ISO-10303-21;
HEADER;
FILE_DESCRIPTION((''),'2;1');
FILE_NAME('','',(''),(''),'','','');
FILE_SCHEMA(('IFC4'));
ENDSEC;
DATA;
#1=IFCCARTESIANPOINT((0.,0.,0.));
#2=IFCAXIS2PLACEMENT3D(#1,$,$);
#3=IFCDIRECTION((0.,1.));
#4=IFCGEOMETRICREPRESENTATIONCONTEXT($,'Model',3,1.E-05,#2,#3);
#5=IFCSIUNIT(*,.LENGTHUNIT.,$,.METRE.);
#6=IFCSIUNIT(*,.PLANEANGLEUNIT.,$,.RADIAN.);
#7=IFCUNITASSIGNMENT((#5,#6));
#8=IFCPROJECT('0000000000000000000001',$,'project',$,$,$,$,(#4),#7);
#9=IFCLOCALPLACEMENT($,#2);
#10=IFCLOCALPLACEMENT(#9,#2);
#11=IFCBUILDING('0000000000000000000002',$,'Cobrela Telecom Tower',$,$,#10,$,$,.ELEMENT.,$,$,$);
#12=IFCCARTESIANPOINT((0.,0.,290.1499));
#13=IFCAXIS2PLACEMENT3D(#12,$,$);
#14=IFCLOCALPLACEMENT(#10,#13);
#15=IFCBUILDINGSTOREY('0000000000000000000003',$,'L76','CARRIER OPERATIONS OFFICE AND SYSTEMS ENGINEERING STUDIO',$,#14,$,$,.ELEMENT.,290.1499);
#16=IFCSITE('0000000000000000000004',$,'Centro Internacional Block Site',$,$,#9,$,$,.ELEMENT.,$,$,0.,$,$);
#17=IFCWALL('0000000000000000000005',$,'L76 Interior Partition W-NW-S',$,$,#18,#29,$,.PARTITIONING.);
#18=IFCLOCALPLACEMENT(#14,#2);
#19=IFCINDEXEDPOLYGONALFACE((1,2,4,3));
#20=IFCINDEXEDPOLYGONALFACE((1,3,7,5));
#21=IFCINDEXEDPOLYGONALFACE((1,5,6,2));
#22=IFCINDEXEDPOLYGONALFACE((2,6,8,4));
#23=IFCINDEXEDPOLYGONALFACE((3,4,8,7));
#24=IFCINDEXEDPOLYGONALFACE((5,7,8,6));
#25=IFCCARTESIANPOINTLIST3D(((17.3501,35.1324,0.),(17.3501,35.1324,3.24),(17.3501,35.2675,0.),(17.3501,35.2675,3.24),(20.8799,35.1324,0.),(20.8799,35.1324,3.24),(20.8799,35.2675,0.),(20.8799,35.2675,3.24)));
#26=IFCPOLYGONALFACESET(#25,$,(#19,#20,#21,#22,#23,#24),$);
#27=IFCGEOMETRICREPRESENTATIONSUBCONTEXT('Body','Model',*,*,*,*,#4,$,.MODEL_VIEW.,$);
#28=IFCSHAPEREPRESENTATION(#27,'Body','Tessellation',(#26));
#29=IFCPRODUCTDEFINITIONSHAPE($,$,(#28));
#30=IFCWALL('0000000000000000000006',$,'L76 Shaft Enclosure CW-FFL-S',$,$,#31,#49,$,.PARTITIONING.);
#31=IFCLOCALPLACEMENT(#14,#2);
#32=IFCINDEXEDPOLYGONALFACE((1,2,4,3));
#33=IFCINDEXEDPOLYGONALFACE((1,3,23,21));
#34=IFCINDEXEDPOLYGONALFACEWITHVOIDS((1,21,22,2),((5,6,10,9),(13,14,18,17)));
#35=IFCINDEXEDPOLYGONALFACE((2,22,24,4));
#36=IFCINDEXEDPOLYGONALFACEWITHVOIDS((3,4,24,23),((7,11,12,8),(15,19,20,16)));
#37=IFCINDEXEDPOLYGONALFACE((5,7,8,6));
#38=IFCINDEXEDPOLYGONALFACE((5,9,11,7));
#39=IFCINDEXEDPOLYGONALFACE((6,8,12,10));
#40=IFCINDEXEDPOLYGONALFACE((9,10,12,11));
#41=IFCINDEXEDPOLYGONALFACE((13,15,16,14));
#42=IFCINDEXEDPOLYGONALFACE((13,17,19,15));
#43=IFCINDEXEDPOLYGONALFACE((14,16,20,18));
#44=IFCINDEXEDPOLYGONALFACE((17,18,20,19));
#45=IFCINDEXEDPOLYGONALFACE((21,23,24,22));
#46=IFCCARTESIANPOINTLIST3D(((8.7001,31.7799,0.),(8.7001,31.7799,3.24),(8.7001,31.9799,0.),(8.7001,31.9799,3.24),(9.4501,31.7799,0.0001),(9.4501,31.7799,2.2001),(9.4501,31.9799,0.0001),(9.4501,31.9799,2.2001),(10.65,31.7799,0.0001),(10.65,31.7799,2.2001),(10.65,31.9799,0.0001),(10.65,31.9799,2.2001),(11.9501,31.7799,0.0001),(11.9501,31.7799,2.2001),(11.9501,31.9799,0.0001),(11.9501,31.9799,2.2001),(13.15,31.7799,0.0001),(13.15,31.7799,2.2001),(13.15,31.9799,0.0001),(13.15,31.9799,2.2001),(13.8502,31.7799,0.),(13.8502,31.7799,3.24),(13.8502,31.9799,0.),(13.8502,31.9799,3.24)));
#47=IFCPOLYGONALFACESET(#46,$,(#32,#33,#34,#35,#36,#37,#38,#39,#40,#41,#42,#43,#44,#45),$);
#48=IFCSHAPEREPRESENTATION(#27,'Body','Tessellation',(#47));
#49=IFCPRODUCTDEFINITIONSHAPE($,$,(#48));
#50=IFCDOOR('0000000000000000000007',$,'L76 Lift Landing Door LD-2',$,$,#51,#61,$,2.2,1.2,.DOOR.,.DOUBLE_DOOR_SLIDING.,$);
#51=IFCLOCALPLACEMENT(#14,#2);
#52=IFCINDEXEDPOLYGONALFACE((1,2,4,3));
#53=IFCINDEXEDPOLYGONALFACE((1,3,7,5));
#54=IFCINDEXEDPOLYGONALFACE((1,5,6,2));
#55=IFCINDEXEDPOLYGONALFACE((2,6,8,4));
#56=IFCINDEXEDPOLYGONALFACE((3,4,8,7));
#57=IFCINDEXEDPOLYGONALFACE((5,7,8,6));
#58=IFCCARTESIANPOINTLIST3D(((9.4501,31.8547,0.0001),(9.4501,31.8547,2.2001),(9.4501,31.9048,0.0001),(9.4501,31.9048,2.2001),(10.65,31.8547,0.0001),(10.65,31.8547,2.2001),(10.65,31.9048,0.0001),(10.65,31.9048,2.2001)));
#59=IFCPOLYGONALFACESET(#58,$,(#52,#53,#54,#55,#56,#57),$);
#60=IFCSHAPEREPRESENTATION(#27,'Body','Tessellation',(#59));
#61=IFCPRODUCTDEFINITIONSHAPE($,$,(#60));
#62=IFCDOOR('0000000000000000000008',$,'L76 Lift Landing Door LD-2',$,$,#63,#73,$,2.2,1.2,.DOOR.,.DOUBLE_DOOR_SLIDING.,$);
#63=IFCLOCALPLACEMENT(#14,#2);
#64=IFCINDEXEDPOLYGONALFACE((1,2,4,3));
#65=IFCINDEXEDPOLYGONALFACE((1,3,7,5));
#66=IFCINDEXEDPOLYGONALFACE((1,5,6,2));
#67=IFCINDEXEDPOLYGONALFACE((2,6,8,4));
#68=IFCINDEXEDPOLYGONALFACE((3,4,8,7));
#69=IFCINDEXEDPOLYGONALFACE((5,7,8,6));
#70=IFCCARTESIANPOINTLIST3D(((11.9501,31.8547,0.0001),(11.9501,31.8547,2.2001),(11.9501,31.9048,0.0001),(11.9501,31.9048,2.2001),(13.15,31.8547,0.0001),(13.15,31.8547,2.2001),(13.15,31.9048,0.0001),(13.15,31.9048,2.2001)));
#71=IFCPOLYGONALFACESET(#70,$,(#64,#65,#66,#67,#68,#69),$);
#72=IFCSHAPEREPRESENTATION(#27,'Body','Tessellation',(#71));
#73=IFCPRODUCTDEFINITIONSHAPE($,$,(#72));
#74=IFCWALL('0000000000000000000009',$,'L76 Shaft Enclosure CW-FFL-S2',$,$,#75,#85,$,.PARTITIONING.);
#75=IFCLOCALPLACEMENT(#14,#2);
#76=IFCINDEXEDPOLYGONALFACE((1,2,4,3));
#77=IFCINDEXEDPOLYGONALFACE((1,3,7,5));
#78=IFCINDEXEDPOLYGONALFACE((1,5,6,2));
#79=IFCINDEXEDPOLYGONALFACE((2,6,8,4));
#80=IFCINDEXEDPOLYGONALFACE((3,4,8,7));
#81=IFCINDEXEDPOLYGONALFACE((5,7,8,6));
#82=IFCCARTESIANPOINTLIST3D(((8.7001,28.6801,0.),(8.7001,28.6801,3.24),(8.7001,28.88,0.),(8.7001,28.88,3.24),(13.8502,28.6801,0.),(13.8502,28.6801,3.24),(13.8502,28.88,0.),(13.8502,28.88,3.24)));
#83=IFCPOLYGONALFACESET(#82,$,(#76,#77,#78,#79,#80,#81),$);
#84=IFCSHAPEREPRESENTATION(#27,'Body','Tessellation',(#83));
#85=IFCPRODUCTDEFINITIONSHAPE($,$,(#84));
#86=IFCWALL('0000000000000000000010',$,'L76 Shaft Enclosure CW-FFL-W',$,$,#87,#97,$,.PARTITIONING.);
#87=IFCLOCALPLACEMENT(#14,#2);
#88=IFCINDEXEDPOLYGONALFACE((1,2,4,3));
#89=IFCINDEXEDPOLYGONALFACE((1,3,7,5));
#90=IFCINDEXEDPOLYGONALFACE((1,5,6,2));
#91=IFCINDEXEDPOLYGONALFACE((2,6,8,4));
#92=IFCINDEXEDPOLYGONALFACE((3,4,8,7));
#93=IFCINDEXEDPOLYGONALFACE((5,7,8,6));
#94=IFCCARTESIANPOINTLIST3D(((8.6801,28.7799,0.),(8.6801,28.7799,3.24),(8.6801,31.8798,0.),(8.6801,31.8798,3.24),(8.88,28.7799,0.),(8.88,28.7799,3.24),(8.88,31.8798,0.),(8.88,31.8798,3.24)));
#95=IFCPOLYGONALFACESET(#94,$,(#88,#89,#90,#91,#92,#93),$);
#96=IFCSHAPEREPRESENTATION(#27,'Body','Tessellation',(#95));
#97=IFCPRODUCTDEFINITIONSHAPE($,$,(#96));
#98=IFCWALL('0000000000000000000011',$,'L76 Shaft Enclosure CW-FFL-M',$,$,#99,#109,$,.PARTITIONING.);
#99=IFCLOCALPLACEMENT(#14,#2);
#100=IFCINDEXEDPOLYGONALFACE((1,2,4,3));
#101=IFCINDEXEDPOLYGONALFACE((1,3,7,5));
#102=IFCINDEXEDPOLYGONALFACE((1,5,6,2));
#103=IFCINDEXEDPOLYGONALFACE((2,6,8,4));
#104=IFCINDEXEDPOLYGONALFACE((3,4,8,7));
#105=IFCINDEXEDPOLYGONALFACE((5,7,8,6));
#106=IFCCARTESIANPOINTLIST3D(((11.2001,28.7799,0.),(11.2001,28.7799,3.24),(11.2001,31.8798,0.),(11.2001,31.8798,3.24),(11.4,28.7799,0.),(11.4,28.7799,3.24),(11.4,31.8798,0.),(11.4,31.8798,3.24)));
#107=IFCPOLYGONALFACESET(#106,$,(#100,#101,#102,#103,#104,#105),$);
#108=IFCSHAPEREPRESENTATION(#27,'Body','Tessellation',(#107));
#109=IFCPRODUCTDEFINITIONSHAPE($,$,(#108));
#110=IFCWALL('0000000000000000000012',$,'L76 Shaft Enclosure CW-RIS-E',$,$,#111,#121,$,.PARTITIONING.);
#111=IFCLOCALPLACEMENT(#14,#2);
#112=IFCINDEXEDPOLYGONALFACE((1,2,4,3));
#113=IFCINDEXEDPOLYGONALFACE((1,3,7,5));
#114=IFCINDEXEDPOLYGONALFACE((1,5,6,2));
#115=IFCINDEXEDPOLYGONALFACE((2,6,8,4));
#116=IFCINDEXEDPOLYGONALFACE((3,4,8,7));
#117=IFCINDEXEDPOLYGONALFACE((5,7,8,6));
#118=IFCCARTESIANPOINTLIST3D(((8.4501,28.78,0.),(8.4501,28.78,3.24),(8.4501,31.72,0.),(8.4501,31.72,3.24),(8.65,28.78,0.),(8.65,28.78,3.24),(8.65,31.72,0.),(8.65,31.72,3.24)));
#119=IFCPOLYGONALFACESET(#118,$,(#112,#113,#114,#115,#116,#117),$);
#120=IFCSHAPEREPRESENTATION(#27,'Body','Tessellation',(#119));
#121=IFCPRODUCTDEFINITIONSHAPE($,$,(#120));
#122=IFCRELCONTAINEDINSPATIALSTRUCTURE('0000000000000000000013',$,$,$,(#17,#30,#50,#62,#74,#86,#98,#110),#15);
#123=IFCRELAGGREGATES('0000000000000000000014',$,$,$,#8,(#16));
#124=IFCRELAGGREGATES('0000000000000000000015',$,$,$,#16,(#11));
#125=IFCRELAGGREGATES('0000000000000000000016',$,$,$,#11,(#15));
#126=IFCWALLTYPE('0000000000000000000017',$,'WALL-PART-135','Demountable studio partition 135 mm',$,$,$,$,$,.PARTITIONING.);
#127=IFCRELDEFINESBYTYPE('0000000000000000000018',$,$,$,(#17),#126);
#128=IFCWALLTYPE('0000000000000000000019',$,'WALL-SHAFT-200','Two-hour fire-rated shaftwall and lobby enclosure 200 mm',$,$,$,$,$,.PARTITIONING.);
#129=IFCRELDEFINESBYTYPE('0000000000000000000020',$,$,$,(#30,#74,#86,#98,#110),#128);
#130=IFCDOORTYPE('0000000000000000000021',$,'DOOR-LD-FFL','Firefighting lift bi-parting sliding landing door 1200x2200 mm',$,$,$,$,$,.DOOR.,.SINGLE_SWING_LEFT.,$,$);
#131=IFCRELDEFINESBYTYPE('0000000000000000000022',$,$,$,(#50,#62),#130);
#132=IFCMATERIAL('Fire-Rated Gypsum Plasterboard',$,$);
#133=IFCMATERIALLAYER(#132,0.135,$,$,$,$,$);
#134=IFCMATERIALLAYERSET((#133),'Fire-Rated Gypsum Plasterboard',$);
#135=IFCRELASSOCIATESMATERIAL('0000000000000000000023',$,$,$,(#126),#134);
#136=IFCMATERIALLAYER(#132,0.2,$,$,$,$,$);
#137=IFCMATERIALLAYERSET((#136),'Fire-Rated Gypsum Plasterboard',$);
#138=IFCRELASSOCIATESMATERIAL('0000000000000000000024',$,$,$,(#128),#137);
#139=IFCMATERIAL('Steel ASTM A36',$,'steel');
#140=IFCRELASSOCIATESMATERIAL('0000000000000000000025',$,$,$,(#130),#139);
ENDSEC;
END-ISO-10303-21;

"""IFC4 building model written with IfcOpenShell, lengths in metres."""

from ifc_helpers import new_model, si_unit, direction, frame, frame_2d, origin, place, context, subcontext, project, spatial, rectangle, extrude, material, layer, layer_set, type_object, element, fill, save


model = new_model("IFC4")

# Units and contexts
model_context = context("Model", 3, precision=1e-05, world=origin(), true_north=direction((0.0, 1.0)))
body_context = subcontext(model_context, "Body", "Model", "MODEL_VIEW")
ifc_project = project(units=[si_unit("LENGTHUNIT", "METRE"), si_unit("PLANEANGLEUNIT", "RADIAN")], contexts=[model_context])

# Site, building, storey
site_placement = place(None, origin())
site = spatial("IfcSite", under=ifc_project, at=site_placement, Name="Centro Internacional Block Site", CompositionType="ELEMENT", RefElevation=0.0)
building_placement = place(site_placement, origin())
building = spatial("IfcBuilding", under=site, at=building_placement, Name="Cobrela Telecom Tower", CompositionType="ELEMENT")
storey_placement = place(building_placement, frame((0.0, 0.0, 290.1499)))
storey = spatial("IfcBuildingStorey", under=building, at=storey_placement, Name="L76", Description="CARRIER OPERATIONS OFFICE AND SYSTEMS ENGINEERING STUDIO", CompositionType="ELEMENT", Elevation=290.1499)

# Shared definitions
ifc_material_1 = material(Name="Steel ASTM A36", Category="steel")

# Wall
ifc_material_2 = material(Name="Fire-Rated Gypsum Plasterboard")
ifc_layer_1 = layer(ifc_material_2, 0.135)
ifc_layer_set_1 = layer_set([ifc_layer_1], Name="Fire-Rated Gypsum Plasterboard")
wall_type_1 = type_object("IfcWallType", Name="WALL-PART-135", Description="Demountable studio partition 135 mm", PredefinedType="PARTITIONING", material=ifc_layer_set_1)
wall_1_placement = place(storey_placement, frame((17.3501, 35.2, 0.0), z_axis=(0.0, 0.0, 1.0), x_axis=(1.0, 0.0, 0.0)))
element("IfcWall", 1, at=wall_1_placement, inside=storey, type_object=wall_type_1, Name="L76 Interior Partition W-NW-S", PredefinedType="PARTITIONING", context=body_context, shape_type="SweptSolid", body=[
    extrude(rectangle(XDim=3.5298, YDim=0.135, at=frame_2d((1.7649, 0.0))), origin(), (0.0, 0.0, 1.0), 3.24),
])

# Wall, openings, doors
ifc_layer_2 = layer(ifc_material_2, 0.2)
ifc_layer_set_2 = layer_set([ifc_layer_2], Name="Fire-Rated Gypsum Plasterboard")
wall_type_2 = type_object("IfcWallType", Name="WALL-SHAFT-200", Description="Two-hour fire-rated shaftwall and lobby enclosure 200 mm", PredefinedType="PARTITIONING", material=ifc_layer_set_2)
wall_2_placement = place(storey_placement, frame((8.7, 31.8799, 0.0), z_axis=(0.0, 0.0, 1.0), x_axis=(1.0, 0.0, 0.0)))
wall_2 = element("IfcWall", 2, at=wall_2_placement, inside=storey, type_object=wall_type_2, Name="L76 Shaft Enclosure CW-FFL-S", PredefinedType="PARTITIONING", context=body_context, shape_type="SweptSolid", body=[
    extrude(rectangle(XDim=5.1501, YDim=0.2, at=frame_2d((2.5752, 0.0))), origin(), (0.0, 0.0, 1.0), 3.24),
])
opening_1_placement = place(wall_2_placement, frame((0.75, 0.0, 0.0)))
opening_1 = element("IfcOpeningElement", 3, at=opening_1_placement, cuts=wall_2, PredefinedType="OPENING", context=body_context, shape_type="SweptSolid", body=[
    extrude(rectangle(XDim=1.2, YDim=2.2, at=frame_2d((0.6001, 1.1001))), frame((0.0, 0.1118, 0.0), z_axis=(0.0, -1.0, 0.0), x_axis=(1.0, 0.0, 0.0)), (0.0, 0.0, 1.0), 0.2239),
])
opening_2_placement = place(wall_2_placement, frame((3.25, 0.0, 0.0)))
opening_2 = element("IfcOpeningElement", 4, at=opening_2_placement, cuts=wall_2, PredefinedType="OPENING", context=body_context, shape_type="SweptSolid", body=[
    extrude(rectangle(XDim=1.2, YDim=2.2, at=frame_2d((0.6001, 1.1001))), frame((0.0, 0.1118, 0.0), z_axis=(0.0, -1.0, 0.0), x_axis=(1.0, 0.0, 0.0)), (0.0, 0.0, 1.0), 0.2239),
])
door_type_1 = type_object("IfcDoorType", Name="DOOR-LD-FFL", Description="Firefighting lift bi-parting sliding landing door 1200x2200 mm", OperationType="SINGLE_SWING_LEFT", PredefinedType="DOOR", material=ifc_material_1)
door_1_placement = place(opening_1_placement, origin())
door_1 = element("IfcDoor", 5, at=door_1_placement, inside=storey, type_object=door_type_1, Name="L76 Lift Landing Door LD-2", OperationType="DOUBLE_DOOR_SLIDING", OverallHeight=2.2, OverallWidth=1.2, PredefinedType="DOOR", context=body_context, shape_type="SweptSolid", body=[
    extrude(rectangle(XDim=1.2, YDim=2.2, at=frame_2d((0.6001, 1.1001))), frame((0.0, 0.0249, 0.0), z_axis=(0.0, -1.0, 0.0), x_axis=(1.0, 0.0, 0.0)), (0.0, 0.0, 1.0), 0.05),
])
fill(opening_1, door_1)
door_2_placement = place(opening_2_placement, origin())
door_2 = element("IfcDoor", 6, at=door_2_placement, inside=storey, type_object=door_type_1, Name="L76 Lift Landing Door LD-2", OperationType="DOUBLE_DOOR_SLIDING", OverallHeight=2.2, OverallWidth=1.2, PredefinedType="DOOR", context=body_context, shape_type="SweptSolid", body=[
    extrude(rectangle(XDim=1.2, YDim=2.2, at=frame_2d((0.6001, 1.1001))), frame((0.0, 0.0249, 0.0), z_axis=(0.0, -1.0, 0.0), x_axis=(1.0, 0.0, 0.0)), (0.0, 0.0, 1.0), 0.05),
])
fill(opening_2, door_2)

# Walls
wall_3_placement = place(storey_placement, frame((8.7, 28.78, 0.0), z_axis=(0.0, 0.0, 1.0), x_axis=(1.0, 0.0, 0.0)))
element("IfcWall", 7, at=wall_3_placement, inside=storey, type_object=wall_type_2, Name="L76 Shaft Enclosure CW-FFL-S2", PredefinedType="PARTITIONING", context=body_context, shape_type="SweptSolid", body=[
    extrude(rectangle(XDim=5.1501, YDim=0.2, at=frame_2d((2.5752, 0.0))), origin(), (0.0, 0.0, 1.0), 3.24),
])
for number, where, z_axis, x_axis, name in (
    (8, (8.78, 28.78, 0.0), (0.0, 0.0, 1.0), (0.0, 1.0, 0.0), "L76 Shaft Enclosure CW-FFL-W"),
    (9, (11.3, 28.78, 0.0), (0.0, 0.0, 1.0), (0.0, 1.0, 0.0), "L76 Shaft Enclosure CW-FFL-M"),
):
    element("IfcWall", number, at=place(storey_placement, frame(where, z_axis=z_axis, x_axis=x_axis)), inside=storey, type_object=wall_type_2, Name=name, PredefinedType="PARTITIONING", context=body_context, shape_type="SweptSolid", body=[
        extrude(rectangle(XDim=3.0999, YDim=0.2, at=frame_2d((1.5498, 0.0))), origin(), (0.0, 0.0, 1.0), 3.24),
    ])
wall_4_placement = place(storey_placement, frame((8.55, 28.78, 0.0), z_axis=(0.0, 0.0, 1.0), x_axis=(0.0, 1.0, 0.0)))
element("IfcWall", 10, at=wall_4_placement, inside=storey, type_object=wall_type_2, Name="L76 Shaft Enclosure CW-RIS-E", PredefinedType="PARTITIONING", context=body_context, shape_type="SweptSolid", body=[
    extrude(rectangle(XDim=2.9399, YDim=0.2, at=frame_2d((1.47, 0.0))), origin(), (0.0, 0.0, 1.0), 3.24),
])

save(model, "model.ifc")
